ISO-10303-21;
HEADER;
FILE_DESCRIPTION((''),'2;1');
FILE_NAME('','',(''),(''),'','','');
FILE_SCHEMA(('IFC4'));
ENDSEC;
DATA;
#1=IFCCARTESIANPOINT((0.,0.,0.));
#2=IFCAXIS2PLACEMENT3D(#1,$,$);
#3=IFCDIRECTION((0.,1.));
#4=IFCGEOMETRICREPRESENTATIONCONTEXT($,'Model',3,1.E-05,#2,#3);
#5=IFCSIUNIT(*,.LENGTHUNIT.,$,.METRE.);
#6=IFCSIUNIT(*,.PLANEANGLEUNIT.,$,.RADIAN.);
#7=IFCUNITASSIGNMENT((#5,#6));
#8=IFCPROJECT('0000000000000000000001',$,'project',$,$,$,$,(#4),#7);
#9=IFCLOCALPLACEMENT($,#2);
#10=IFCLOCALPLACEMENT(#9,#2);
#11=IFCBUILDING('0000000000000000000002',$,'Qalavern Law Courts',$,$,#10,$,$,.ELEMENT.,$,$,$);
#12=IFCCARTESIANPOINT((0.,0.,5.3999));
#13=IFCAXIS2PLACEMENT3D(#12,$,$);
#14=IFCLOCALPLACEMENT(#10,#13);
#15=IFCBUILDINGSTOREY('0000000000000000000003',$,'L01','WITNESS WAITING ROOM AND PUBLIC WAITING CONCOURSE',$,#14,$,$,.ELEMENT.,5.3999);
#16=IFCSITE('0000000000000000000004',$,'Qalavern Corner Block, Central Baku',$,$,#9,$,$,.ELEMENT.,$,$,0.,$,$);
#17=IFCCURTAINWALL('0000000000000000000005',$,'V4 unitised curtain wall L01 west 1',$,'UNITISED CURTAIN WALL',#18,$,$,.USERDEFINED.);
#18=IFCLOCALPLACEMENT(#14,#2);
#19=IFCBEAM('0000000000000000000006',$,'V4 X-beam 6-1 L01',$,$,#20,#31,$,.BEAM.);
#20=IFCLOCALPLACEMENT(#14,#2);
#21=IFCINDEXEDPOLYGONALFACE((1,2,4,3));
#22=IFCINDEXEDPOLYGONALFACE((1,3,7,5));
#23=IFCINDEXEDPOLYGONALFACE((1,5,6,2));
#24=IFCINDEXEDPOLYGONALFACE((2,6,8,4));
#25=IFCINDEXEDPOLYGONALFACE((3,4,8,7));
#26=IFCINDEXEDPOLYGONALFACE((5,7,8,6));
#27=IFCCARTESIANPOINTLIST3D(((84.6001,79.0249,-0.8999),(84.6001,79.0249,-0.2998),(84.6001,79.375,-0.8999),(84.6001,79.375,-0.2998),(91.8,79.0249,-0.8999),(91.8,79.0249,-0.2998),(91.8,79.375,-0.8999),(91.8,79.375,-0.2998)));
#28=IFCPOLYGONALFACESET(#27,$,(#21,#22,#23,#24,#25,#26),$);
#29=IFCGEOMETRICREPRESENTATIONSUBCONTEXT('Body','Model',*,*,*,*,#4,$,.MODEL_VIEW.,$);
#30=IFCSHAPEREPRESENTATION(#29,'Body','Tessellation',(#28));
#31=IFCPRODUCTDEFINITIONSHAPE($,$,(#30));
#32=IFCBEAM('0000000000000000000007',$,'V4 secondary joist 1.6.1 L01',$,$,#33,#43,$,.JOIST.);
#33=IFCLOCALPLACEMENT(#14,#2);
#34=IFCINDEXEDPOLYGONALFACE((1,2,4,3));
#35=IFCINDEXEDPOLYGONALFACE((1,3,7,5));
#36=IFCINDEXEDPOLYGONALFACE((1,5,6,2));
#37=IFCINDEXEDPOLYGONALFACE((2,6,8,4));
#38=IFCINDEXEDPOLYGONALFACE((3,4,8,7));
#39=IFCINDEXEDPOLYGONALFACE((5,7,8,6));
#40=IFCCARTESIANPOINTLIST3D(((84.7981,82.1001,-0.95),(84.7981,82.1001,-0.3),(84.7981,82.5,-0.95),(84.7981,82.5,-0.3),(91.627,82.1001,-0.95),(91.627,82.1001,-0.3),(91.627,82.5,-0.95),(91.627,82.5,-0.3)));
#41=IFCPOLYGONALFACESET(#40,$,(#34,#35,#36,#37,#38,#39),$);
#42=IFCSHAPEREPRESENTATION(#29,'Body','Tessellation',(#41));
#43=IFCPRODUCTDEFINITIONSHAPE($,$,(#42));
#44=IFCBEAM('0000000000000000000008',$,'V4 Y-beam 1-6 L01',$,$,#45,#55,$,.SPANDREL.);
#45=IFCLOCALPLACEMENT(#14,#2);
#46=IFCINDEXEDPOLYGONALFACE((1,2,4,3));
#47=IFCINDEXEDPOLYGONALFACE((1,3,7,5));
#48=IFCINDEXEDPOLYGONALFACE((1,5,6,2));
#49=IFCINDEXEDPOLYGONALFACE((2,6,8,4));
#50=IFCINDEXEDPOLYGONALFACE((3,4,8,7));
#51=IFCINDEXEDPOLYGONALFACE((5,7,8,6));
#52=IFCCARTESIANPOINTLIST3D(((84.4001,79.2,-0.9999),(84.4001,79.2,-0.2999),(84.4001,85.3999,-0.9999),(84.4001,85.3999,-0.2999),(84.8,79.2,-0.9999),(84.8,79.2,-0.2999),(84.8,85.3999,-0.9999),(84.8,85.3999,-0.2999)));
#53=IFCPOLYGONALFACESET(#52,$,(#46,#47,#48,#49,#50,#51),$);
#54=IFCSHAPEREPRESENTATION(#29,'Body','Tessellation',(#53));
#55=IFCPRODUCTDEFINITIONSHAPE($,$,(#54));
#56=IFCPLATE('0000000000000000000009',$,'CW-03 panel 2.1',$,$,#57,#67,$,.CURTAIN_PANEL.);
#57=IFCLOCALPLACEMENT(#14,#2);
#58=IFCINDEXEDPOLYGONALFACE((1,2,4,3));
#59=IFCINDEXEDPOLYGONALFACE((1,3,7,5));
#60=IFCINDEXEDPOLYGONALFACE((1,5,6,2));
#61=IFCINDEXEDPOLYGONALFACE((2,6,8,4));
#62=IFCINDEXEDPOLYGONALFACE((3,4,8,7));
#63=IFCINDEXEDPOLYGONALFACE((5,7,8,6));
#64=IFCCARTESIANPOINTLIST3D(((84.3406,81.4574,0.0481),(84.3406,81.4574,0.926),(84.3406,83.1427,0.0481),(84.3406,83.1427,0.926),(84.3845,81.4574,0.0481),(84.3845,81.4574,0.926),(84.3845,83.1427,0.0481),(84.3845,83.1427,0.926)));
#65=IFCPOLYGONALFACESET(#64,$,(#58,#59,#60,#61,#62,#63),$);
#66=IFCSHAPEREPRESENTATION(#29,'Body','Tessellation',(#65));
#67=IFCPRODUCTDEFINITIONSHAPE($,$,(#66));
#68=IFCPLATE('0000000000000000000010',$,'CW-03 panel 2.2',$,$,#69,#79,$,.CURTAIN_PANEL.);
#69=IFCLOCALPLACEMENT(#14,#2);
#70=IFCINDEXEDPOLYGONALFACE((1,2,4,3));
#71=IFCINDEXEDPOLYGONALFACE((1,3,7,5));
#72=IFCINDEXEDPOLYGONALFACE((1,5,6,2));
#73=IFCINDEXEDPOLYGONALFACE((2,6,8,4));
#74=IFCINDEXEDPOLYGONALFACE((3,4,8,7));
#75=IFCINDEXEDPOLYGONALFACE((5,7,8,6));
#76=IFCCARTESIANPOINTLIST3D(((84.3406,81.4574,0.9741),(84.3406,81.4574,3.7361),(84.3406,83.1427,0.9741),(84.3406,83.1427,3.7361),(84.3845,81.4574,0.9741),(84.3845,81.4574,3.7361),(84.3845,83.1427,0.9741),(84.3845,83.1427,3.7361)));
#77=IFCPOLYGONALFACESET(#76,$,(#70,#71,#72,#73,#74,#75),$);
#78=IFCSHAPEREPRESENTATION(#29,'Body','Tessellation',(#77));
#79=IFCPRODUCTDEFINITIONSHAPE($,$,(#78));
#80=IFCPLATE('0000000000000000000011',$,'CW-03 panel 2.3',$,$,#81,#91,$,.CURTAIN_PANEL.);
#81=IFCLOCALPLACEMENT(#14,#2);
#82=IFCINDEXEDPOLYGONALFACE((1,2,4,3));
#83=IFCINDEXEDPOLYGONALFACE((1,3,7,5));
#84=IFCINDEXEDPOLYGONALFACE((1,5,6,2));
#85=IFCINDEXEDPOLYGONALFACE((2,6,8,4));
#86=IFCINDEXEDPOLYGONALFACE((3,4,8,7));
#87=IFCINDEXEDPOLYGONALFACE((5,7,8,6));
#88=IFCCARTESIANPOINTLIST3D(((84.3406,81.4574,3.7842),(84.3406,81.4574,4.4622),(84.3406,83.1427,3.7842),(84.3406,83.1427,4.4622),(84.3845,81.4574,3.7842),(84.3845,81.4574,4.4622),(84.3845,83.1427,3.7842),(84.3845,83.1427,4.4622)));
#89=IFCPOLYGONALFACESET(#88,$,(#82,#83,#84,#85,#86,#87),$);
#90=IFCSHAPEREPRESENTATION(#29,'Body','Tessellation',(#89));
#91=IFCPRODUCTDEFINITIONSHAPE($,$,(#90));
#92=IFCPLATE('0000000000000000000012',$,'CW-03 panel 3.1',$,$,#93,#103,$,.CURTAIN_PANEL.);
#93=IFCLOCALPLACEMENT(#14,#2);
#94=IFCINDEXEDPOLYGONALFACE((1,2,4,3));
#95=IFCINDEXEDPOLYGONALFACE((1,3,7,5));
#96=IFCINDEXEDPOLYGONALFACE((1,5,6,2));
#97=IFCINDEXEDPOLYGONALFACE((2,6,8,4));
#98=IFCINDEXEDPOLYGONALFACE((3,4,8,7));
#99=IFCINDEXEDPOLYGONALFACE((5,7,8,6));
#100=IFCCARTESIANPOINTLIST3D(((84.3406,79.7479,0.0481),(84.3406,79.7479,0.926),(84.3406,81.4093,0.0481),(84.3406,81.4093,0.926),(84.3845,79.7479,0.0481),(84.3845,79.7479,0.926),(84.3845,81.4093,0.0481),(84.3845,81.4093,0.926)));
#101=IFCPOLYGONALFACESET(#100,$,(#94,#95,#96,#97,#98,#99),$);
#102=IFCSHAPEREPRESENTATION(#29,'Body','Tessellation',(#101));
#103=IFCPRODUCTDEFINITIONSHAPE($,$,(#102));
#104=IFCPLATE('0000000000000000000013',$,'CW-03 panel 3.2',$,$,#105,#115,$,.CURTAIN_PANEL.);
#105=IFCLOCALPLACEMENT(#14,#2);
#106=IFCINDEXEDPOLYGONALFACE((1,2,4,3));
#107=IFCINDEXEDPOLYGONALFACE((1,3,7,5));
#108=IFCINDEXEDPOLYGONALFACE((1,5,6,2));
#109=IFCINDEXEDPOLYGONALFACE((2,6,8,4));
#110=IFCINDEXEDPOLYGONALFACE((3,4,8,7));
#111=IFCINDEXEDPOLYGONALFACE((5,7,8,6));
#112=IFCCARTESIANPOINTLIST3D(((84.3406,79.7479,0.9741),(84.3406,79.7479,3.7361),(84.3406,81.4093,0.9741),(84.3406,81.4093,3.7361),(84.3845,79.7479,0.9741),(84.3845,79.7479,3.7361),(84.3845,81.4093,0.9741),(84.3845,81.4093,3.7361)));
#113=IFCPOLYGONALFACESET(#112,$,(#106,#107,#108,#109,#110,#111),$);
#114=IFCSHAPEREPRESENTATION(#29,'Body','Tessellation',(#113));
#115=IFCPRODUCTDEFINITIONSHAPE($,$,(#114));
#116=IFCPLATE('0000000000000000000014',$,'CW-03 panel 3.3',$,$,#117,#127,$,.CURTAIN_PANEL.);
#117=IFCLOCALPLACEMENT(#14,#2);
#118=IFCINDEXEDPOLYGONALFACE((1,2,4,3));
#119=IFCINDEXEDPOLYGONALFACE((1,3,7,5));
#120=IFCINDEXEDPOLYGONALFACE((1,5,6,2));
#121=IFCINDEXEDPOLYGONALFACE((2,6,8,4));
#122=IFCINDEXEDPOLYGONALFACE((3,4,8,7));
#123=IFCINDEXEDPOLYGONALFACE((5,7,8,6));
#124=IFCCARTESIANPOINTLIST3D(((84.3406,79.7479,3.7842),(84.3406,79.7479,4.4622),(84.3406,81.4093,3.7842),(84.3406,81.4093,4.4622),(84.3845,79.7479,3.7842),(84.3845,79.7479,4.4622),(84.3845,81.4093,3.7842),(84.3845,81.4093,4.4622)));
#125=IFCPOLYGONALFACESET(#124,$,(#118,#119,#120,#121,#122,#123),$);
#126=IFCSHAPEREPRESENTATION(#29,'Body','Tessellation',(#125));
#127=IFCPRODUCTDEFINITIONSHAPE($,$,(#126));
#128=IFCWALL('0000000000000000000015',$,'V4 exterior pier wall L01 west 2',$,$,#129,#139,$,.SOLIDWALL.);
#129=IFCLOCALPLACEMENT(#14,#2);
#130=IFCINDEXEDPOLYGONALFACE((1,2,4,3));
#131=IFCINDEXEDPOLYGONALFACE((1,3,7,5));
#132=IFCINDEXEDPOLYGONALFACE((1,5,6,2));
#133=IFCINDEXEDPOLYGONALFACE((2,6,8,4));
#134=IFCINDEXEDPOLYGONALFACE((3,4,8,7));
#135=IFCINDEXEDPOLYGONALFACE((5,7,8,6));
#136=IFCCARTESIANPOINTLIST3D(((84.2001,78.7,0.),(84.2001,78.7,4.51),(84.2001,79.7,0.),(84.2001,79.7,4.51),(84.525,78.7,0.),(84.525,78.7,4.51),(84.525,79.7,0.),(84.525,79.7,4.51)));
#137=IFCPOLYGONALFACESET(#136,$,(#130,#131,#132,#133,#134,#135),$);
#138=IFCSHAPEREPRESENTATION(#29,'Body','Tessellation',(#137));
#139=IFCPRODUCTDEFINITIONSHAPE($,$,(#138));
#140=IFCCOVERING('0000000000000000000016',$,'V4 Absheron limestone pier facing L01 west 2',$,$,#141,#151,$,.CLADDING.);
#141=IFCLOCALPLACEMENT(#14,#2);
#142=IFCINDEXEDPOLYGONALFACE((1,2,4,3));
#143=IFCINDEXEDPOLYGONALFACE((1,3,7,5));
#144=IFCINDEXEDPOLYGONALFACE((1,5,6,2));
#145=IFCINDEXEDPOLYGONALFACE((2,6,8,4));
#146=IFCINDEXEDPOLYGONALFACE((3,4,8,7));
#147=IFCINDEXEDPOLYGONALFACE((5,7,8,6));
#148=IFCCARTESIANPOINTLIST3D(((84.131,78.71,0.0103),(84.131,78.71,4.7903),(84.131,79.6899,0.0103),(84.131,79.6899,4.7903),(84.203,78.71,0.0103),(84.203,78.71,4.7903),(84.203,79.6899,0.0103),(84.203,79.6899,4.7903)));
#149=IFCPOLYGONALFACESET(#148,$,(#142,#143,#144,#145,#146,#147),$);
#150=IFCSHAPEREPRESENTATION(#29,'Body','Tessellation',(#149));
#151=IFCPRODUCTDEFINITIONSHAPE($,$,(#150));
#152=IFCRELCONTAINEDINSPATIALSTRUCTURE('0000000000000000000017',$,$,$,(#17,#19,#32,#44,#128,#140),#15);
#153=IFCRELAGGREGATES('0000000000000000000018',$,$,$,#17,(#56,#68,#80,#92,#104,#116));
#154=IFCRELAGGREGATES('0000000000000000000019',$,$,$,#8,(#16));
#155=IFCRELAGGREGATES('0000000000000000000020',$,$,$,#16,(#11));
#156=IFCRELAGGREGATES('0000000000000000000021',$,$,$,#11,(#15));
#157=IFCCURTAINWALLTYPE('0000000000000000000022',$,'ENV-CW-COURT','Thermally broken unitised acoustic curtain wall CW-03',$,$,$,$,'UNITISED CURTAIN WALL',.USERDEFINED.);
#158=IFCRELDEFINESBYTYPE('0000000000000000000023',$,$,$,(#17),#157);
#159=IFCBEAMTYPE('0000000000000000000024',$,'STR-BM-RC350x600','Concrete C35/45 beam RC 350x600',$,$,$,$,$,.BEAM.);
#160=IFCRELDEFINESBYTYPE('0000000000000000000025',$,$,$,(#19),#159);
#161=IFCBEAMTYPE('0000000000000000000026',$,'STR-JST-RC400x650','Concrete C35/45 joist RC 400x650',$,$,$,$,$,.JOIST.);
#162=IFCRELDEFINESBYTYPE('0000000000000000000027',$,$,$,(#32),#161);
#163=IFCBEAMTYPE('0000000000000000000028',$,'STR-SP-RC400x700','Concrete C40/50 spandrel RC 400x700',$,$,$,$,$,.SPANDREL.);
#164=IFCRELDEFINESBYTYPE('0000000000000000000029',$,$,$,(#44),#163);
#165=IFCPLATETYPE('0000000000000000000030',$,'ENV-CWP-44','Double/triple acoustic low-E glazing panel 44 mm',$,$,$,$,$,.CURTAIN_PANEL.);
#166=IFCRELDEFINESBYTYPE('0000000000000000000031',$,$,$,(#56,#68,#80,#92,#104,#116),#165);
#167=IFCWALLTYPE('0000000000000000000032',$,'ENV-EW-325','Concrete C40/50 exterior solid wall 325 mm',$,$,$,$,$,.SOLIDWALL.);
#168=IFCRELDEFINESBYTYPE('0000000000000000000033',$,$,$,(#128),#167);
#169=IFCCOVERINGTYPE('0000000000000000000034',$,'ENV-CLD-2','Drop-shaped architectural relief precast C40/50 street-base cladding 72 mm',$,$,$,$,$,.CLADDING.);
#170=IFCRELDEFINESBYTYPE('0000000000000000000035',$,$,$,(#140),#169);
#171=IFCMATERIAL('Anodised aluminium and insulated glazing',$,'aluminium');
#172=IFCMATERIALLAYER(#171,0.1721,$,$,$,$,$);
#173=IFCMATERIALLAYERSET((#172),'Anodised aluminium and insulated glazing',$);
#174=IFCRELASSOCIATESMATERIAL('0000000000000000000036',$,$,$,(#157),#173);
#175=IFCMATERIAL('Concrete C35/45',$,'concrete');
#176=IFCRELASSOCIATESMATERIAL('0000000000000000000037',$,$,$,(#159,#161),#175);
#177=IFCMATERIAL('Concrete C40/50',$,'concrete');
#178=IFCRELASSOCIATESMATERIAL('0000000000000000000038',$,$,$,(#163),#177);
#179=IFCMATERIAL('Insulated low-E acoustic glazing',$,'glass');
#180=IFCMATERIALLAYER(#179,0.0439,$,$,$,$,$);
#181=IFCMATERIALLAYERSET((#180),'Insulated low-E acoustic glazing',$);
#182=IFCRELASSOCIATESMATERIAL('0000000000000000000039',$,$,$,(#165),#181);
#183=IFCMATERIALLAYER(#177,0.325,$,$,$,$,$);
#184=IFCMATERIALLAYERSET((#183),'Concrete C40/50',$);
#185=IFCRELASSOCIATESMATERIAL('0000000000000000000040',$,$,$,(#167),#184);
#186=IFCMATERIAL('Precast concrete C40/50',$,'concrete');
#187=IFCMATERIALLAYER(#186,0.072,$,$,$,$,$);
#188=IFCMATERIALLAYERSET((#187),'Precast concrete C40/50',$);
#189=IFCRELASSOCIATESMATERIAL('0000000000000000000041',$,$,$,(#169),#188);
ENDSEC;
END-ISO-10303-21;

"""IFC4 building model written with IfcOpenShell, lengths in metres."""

from ifc_helpers import new_model, si_unit, direction, frame, frame_2d, origin, origin_2d, place, context, subcontext, project, spatial, rectangle, extrude, material, layer, layer_set, material_profile, profile_set, type_object, element, aggregate, save


model = new_model("IFC4")

# Units and contexts
model_context = context("Model", 3, precision=1e-05, world=origin(), true_north=direction((0.0, 1.0)))
body_context = subcontext(model_context, "Body", "Model", "MODEL_VIEW")
ifc_project = project(units=[si_unit("LENGTHUNIT", "METRE"), si_unit("PLANEANGLEUNIT", "RADIAN")], contexts=[model_context])

# Site, building, storey
site_placement = place(None, origin())
site = spatial("IfcSite", under=ifc_project, at=site_placement, Name="Qalavern Corner Block, Central Baku", CompositionType="ELEMENT", RefElevation=0.0)
building_placement = place(site_placement, origin())
building = spatial("IfcBuilding", under=site, at=building_placement, Name="Qalavern Law Courts", CompositionType="ELEMENT")
storey_placement = place(building_placement, frame((0.0, 0.0, 5.3999)))
storey = spatial("IfcBuildingStorey", under=building, at=storey_placement, Name="L01", Description="WITNESS WAITING ROOM AND PUBLIC WAITING CONCOURSE", CompositionType="ELEMENT", Elevation=5.3999)

# Curtain wall
ifc_material_1 = material(Name="Anodised aluminium and insulated glazing", Category="aluminium")
ifc_layer_1 = layer(ifc_material_1, 0.1721)
ifc_layer_set_1 = layer_set([ifc_layer_1], Name="Anodised aluminium and insulated glazing")
curtain_wall_type = type_object("IfcCurtainWallType", Name="ENV-CW-COURT", Description="Thermally broken unitised acoustic curtain wall CW-03", ElementType="UNITISED CURTAIN WALL", PredefinedType="USERDEFINED", material=ifc_layer_set_1)
curtain_wall_1_placement = place(storey_placement, origin())
curtain_wall_1 = element("IfcCurtainWall", 1, at=curtain_wall_1_placement, inside=storey, type_object=curtain_wall_type, Name="V4 unitised curtain wall L01 west 1", ObjectType="UNITISED CURTAIN WALL", PredefinedType="USERDEFINED")

# Beams
ifc_material_2 = material(Name="Concrete C35/45", Category="concrete")
ifc_material_profile_1 = material_profile(ifc_material_2, rectangle(XDim=0.3501, YDim=0.6001, at=origin_2d()), Name="RC 350x600")
ifc_profile_set_1 = profile_set([ifc_material_profile_1], Name="Concrete C35/45")
beam_type_1 = type_object("IfcBeamType", Name="STR-BM-RC350x600", Description="Concrete C35/45 beam RC 350x600", PredefinedType="BEAM", material=ifc_profile_set_1)
beam_1_placement = place(storey_placement, frame((84.6001, 79.2, -0.5999), z_axis=(1.0, 0.0, 0.0), x_axis=(0.0, 1.0, 0.0)))
element("IfcBeam", 2, at=beam_1_placement, inside=storey, type_object=beam_type_1, Name="V4 X-beam 6-1 L01", PredefinedType="BEAM", context=body_context, shape_type="SweptSolid", body=[
    extrude(rectangle(XDim=0.3501, YDim=0.6001, at=origin_2d()), origin(), (0.0, 0.0, 1.0), 7.2),
])
ifc_material_profile_2 = material_profile(ifc_material_2, rectangle(XDim=0.3999, YDim=0.6499, at=origin_2d()), Name="RC 400x650")
ifc_profile_set_2 = profile_set([ifc_material_profile_2], Name="Concrete C35/45")
beam_type_2 = type_object("IfcBeamType", Name="STR-JST-RC400x650", Description="Concrete C35/45 joist RC 400x650", PredefinedType="JOIST", material=ifc_profile_set_2)
beam_2_placement = place(storey_placement, frame((84.7981, 82.3, -0.625), z_axis=(1.0, 0.0, 0.0), x_axis=(0.0, 1.0, 0.0)))
element("IfcBeam", 3, at=beam_2_placement, inside=storey, type_object=beam_type_2, Name="V4 secondary joist 1.6.1 L01", PredefinedType="JOIST", context=body_context, shape_type="SweptSolid", body=[
    extrude(rectangle(XDim=0.3999, YDim=0.6499, at=origin_2d()), origin(), (0.0, 0.0, 1.0), 6.8289),
])
ifc_material_3 = material(Name="Concrete C40/50", Category="concrete")
ifc_material_profile_3 = material_profile(ifc_material_3, rectangle(XDim=0.3999, YDim=0.7, at=origin_2d()), Name="RC 400x700")
ifc_profile_set_3 = profile_set([ifc_material_profile_3], Name="Concrete C40/50")
beam_type_3 = type_object("IfcBeamType", Name="STR-SP-RC400x700", Description="Concrete C40/50 spandrel RC 400x700", PredefinedType="SPANDREL", material=ifc_profile_set_3)
beam_3_placement = place(storey_placement, frame((84.6001, 79.2, -0.6499), z_axis=(0.0, 1.0, 0.0), x_axis=(-1.0, 0.0, 0.0)))
element("IfcBeam", 4, at=beam_3_placement, inside=storey, type_object=beam_type_3, Name="V4 Y-beam 1-6 L01", PredefinedType="SPANDREL", context=body_context, shape_type="SweptSolid", body=[
    extrude(rectangle(XDim=0.3999, YDim=0.7, at=origin_2d()), origin(), (0.0, 0.0, 1.0), 6.2),
])

# Plates
ifc_material_4 = material(Name="Insulated low-E acoustic glazing", Category="glass")
ifc_layer_2 = layer(ifc_material_4, 0.0439)
ifc_layer_set_2 = layer_set([ifc_layer_2], Name="Insulated low-E acoustic glazing")
plate_type = type_object("IfcPlateType", Name="ENV-CWP-44", Description="Double/triple acoustic low-E glazing panel 44 mm", PredefinedType="CURTAIN_PANEL", material=ifc_layer_set_2)
plate_1_placement = place(storey_placement, frame((84.3625, 82.3, 0.0481), z_axis=(0.0, 0.0, 1.0), x_axis=(0.0, -1.0, 0.0)))
plate_1 = element("IfcPlate", 5, at=plate_1_placement, type_object=plate_type, Name="CW-03 panel 2.1", PredefinedType="CURTAIN_PANEL", context=body_context, shape_type="SweptSolid", body=[
    extrude(rectangle(XDim=1.6853, YDim=0.0439, at=origin_2d()), origin(), (0.0, 0.0, 1.0), 0.8779),
])
plate_2_placement = place(storey_placement, frame((84.3625, 82.3, 0.9741), z_axis=(0.0, 0.0, 1.0), x_axis=(0.0, -1.0, 0.0)))
plate_2 = element("IfcPlate", 6, at=plate_2_placement, type_object=plate_type, Name="CW-03 panel 2.2", PredefinedType="CURTAIN_PANEL", context=body_context, shape_type="SweptSolid", body=[
    extrude(rectangle(XDim=1.6853, YDim=0.0439, at=origin_2d()), origin(), (0.0, 0.0, 1.0), 2.762),
])
plate_3_placement = place(storey_placement, frame((84.3625, 82.3, 3.7842), z_axis=(0.0, 0.0, 1.0), x_axis=(0.0, -1.0, 0.0)))
plate_3 = element("IfcPlate", 7, at=plate_3_placement, type_object=plate_type, Name="CW-03 panel 2.3", PredefinedType="CURTAIN_PANEL", context=body_context, shape_type="SweptSolid", body=[
    extrude(rectangle(XDim=1.6853, YDim=0.0439, at=origin_2d()), origin(), (0.0, 0.0, 1.0), 0.678),
])
plate_4_placement = place(storey_placement, frame((84.3625, 80.5786, 0.0481), z_axis=(0.0, 0.0, 1.0), x_axis=(0.0, -1.0, 0.0)))
plate_4 = element("IfcPlate", 8, at=plate_4_placement, type_object=plate_type, Name="CW-03 panel 3.1", PredefinedType="CURTAIN_PANEL", context=body_context, shape_type="SweptSolid", body=[
    extrude(rectangle(XDim=1.6614, YDim=0.0439, at=origin_2d()), origin(), (0.0, 0.0, 1.0), 0.8779),
])
plate_5_placement = place(storey_placement, frame((84.3625, 80.5786, 0.9741), z_axis=(0.0, 0.0, 1.0), x_axis=(0.0, -1.0, 0.0)))
plate_5 = element("IfcPlate", 9, at=plate_5_placement, type_object=plate_type, Name="CW-03 panel 3.2", PredefinedType="CURTAIN_PANEL", context=body_context, shape_type="SweptSolid", body=[
    extrude(rectangle(XDim=1.6614, YDim=0.0439, at=origin_2d()), origin(), (0.0, 0.0, 1.0), 2.762),
])
plate_6_placement = place(storey_placement, frame((84.3625, 80.5786, 3.7842), z_axis=(0.0, 0.0, 1.0), x_axis=(0.0, -1.0, 0.0)))
plate_6 = element("IfcPlate", 10, at=plate_6_placement, type_object=plate_type, Name="CW-03 panel 3.3", PredefinedType="CURTAIN_PANEL", context=body_context, shape_type="SweptSolid", body=[
    extrude(rectangle(XDim=1.6614, YDim=0.0439, at=origin_2d()), origin(), (0.0, 0.0, 1.0), 0.678),
])
aggregate(curtain_wall_1, [plate_1, plate_2, plate_3, plate_4, plate_5, plate_6])

# Wall
ifc_layer_3 = layer(ifc_material_3, 0.325)
ifc_layer_set_3 = layer_set([ifc_layer_3], Name="Concrete C40/50")
wall_type = type_object("IfcWallType", Name="ENV-EW-325", Description="Concrete C40/50 exterior solid wall 325 mm", PredefinedType="SOLIDWALL", material=ifc_layer_set_3)
wall_placement = place(storey_placement, frame((84.3625, 79.7, 0.0), z_axis=(0.0, 0.0, 1.0), x_axis=(0.0, -1.0, 0.0)))
element("IfcWall", 11, at=wall_placement, inside=storey, type_object=wall_type, Name="V4 exterior pier wall L01 west 2", PredefinedType="SOLIDWALL", context=body_context, shape_type="SweptSolid", body=[
    extrude(rectangle(XDim=1.0, YDim=0.325, at=frame_2d((0.5, 0.0))), origin(), (0.0, 0.0, 1.0), 4.51),
])

# Covering
ifc_material_5 = material(Name="Precast concrete C40/50", Category="concrete")
ifc_layer_4 = layer(ifc_material_5, 0.072)
ifc_layer_set_4 = layer_set([ifc_layer_4], Name="Precast concrete C40/50")
covering_type = type_object("IfcCoveringType", Name="ENV-CLD-2", Description="Drop-shaped architectural relief precast C40/50 street-base cladding 72 mm", PredefinedType="CLADDING", material=ifc_layer_set_4)
covering_placement = place(storey_placement, frame((84.167, 79.2, 0.0103), z_axis=(0.0, 0.0, 1.0), x_axis=(0.0, -1.0, 0.0)))
element("IfcCovering", 12, at=covering_placement, inside=storey, type_object=covering_type, Name="V4 Absheron limestone pier facing L01 west 2", PredefinedType="CLADDING", context=body_context, shape_type="SweptSolid", body=[
    extrude(rectangle(XDim=0.98, YDim=0.072, at=origin_2d()), origin(), (0.0, 0.0, 1.0), 4.78),
])

save(model, "model.ifc")
